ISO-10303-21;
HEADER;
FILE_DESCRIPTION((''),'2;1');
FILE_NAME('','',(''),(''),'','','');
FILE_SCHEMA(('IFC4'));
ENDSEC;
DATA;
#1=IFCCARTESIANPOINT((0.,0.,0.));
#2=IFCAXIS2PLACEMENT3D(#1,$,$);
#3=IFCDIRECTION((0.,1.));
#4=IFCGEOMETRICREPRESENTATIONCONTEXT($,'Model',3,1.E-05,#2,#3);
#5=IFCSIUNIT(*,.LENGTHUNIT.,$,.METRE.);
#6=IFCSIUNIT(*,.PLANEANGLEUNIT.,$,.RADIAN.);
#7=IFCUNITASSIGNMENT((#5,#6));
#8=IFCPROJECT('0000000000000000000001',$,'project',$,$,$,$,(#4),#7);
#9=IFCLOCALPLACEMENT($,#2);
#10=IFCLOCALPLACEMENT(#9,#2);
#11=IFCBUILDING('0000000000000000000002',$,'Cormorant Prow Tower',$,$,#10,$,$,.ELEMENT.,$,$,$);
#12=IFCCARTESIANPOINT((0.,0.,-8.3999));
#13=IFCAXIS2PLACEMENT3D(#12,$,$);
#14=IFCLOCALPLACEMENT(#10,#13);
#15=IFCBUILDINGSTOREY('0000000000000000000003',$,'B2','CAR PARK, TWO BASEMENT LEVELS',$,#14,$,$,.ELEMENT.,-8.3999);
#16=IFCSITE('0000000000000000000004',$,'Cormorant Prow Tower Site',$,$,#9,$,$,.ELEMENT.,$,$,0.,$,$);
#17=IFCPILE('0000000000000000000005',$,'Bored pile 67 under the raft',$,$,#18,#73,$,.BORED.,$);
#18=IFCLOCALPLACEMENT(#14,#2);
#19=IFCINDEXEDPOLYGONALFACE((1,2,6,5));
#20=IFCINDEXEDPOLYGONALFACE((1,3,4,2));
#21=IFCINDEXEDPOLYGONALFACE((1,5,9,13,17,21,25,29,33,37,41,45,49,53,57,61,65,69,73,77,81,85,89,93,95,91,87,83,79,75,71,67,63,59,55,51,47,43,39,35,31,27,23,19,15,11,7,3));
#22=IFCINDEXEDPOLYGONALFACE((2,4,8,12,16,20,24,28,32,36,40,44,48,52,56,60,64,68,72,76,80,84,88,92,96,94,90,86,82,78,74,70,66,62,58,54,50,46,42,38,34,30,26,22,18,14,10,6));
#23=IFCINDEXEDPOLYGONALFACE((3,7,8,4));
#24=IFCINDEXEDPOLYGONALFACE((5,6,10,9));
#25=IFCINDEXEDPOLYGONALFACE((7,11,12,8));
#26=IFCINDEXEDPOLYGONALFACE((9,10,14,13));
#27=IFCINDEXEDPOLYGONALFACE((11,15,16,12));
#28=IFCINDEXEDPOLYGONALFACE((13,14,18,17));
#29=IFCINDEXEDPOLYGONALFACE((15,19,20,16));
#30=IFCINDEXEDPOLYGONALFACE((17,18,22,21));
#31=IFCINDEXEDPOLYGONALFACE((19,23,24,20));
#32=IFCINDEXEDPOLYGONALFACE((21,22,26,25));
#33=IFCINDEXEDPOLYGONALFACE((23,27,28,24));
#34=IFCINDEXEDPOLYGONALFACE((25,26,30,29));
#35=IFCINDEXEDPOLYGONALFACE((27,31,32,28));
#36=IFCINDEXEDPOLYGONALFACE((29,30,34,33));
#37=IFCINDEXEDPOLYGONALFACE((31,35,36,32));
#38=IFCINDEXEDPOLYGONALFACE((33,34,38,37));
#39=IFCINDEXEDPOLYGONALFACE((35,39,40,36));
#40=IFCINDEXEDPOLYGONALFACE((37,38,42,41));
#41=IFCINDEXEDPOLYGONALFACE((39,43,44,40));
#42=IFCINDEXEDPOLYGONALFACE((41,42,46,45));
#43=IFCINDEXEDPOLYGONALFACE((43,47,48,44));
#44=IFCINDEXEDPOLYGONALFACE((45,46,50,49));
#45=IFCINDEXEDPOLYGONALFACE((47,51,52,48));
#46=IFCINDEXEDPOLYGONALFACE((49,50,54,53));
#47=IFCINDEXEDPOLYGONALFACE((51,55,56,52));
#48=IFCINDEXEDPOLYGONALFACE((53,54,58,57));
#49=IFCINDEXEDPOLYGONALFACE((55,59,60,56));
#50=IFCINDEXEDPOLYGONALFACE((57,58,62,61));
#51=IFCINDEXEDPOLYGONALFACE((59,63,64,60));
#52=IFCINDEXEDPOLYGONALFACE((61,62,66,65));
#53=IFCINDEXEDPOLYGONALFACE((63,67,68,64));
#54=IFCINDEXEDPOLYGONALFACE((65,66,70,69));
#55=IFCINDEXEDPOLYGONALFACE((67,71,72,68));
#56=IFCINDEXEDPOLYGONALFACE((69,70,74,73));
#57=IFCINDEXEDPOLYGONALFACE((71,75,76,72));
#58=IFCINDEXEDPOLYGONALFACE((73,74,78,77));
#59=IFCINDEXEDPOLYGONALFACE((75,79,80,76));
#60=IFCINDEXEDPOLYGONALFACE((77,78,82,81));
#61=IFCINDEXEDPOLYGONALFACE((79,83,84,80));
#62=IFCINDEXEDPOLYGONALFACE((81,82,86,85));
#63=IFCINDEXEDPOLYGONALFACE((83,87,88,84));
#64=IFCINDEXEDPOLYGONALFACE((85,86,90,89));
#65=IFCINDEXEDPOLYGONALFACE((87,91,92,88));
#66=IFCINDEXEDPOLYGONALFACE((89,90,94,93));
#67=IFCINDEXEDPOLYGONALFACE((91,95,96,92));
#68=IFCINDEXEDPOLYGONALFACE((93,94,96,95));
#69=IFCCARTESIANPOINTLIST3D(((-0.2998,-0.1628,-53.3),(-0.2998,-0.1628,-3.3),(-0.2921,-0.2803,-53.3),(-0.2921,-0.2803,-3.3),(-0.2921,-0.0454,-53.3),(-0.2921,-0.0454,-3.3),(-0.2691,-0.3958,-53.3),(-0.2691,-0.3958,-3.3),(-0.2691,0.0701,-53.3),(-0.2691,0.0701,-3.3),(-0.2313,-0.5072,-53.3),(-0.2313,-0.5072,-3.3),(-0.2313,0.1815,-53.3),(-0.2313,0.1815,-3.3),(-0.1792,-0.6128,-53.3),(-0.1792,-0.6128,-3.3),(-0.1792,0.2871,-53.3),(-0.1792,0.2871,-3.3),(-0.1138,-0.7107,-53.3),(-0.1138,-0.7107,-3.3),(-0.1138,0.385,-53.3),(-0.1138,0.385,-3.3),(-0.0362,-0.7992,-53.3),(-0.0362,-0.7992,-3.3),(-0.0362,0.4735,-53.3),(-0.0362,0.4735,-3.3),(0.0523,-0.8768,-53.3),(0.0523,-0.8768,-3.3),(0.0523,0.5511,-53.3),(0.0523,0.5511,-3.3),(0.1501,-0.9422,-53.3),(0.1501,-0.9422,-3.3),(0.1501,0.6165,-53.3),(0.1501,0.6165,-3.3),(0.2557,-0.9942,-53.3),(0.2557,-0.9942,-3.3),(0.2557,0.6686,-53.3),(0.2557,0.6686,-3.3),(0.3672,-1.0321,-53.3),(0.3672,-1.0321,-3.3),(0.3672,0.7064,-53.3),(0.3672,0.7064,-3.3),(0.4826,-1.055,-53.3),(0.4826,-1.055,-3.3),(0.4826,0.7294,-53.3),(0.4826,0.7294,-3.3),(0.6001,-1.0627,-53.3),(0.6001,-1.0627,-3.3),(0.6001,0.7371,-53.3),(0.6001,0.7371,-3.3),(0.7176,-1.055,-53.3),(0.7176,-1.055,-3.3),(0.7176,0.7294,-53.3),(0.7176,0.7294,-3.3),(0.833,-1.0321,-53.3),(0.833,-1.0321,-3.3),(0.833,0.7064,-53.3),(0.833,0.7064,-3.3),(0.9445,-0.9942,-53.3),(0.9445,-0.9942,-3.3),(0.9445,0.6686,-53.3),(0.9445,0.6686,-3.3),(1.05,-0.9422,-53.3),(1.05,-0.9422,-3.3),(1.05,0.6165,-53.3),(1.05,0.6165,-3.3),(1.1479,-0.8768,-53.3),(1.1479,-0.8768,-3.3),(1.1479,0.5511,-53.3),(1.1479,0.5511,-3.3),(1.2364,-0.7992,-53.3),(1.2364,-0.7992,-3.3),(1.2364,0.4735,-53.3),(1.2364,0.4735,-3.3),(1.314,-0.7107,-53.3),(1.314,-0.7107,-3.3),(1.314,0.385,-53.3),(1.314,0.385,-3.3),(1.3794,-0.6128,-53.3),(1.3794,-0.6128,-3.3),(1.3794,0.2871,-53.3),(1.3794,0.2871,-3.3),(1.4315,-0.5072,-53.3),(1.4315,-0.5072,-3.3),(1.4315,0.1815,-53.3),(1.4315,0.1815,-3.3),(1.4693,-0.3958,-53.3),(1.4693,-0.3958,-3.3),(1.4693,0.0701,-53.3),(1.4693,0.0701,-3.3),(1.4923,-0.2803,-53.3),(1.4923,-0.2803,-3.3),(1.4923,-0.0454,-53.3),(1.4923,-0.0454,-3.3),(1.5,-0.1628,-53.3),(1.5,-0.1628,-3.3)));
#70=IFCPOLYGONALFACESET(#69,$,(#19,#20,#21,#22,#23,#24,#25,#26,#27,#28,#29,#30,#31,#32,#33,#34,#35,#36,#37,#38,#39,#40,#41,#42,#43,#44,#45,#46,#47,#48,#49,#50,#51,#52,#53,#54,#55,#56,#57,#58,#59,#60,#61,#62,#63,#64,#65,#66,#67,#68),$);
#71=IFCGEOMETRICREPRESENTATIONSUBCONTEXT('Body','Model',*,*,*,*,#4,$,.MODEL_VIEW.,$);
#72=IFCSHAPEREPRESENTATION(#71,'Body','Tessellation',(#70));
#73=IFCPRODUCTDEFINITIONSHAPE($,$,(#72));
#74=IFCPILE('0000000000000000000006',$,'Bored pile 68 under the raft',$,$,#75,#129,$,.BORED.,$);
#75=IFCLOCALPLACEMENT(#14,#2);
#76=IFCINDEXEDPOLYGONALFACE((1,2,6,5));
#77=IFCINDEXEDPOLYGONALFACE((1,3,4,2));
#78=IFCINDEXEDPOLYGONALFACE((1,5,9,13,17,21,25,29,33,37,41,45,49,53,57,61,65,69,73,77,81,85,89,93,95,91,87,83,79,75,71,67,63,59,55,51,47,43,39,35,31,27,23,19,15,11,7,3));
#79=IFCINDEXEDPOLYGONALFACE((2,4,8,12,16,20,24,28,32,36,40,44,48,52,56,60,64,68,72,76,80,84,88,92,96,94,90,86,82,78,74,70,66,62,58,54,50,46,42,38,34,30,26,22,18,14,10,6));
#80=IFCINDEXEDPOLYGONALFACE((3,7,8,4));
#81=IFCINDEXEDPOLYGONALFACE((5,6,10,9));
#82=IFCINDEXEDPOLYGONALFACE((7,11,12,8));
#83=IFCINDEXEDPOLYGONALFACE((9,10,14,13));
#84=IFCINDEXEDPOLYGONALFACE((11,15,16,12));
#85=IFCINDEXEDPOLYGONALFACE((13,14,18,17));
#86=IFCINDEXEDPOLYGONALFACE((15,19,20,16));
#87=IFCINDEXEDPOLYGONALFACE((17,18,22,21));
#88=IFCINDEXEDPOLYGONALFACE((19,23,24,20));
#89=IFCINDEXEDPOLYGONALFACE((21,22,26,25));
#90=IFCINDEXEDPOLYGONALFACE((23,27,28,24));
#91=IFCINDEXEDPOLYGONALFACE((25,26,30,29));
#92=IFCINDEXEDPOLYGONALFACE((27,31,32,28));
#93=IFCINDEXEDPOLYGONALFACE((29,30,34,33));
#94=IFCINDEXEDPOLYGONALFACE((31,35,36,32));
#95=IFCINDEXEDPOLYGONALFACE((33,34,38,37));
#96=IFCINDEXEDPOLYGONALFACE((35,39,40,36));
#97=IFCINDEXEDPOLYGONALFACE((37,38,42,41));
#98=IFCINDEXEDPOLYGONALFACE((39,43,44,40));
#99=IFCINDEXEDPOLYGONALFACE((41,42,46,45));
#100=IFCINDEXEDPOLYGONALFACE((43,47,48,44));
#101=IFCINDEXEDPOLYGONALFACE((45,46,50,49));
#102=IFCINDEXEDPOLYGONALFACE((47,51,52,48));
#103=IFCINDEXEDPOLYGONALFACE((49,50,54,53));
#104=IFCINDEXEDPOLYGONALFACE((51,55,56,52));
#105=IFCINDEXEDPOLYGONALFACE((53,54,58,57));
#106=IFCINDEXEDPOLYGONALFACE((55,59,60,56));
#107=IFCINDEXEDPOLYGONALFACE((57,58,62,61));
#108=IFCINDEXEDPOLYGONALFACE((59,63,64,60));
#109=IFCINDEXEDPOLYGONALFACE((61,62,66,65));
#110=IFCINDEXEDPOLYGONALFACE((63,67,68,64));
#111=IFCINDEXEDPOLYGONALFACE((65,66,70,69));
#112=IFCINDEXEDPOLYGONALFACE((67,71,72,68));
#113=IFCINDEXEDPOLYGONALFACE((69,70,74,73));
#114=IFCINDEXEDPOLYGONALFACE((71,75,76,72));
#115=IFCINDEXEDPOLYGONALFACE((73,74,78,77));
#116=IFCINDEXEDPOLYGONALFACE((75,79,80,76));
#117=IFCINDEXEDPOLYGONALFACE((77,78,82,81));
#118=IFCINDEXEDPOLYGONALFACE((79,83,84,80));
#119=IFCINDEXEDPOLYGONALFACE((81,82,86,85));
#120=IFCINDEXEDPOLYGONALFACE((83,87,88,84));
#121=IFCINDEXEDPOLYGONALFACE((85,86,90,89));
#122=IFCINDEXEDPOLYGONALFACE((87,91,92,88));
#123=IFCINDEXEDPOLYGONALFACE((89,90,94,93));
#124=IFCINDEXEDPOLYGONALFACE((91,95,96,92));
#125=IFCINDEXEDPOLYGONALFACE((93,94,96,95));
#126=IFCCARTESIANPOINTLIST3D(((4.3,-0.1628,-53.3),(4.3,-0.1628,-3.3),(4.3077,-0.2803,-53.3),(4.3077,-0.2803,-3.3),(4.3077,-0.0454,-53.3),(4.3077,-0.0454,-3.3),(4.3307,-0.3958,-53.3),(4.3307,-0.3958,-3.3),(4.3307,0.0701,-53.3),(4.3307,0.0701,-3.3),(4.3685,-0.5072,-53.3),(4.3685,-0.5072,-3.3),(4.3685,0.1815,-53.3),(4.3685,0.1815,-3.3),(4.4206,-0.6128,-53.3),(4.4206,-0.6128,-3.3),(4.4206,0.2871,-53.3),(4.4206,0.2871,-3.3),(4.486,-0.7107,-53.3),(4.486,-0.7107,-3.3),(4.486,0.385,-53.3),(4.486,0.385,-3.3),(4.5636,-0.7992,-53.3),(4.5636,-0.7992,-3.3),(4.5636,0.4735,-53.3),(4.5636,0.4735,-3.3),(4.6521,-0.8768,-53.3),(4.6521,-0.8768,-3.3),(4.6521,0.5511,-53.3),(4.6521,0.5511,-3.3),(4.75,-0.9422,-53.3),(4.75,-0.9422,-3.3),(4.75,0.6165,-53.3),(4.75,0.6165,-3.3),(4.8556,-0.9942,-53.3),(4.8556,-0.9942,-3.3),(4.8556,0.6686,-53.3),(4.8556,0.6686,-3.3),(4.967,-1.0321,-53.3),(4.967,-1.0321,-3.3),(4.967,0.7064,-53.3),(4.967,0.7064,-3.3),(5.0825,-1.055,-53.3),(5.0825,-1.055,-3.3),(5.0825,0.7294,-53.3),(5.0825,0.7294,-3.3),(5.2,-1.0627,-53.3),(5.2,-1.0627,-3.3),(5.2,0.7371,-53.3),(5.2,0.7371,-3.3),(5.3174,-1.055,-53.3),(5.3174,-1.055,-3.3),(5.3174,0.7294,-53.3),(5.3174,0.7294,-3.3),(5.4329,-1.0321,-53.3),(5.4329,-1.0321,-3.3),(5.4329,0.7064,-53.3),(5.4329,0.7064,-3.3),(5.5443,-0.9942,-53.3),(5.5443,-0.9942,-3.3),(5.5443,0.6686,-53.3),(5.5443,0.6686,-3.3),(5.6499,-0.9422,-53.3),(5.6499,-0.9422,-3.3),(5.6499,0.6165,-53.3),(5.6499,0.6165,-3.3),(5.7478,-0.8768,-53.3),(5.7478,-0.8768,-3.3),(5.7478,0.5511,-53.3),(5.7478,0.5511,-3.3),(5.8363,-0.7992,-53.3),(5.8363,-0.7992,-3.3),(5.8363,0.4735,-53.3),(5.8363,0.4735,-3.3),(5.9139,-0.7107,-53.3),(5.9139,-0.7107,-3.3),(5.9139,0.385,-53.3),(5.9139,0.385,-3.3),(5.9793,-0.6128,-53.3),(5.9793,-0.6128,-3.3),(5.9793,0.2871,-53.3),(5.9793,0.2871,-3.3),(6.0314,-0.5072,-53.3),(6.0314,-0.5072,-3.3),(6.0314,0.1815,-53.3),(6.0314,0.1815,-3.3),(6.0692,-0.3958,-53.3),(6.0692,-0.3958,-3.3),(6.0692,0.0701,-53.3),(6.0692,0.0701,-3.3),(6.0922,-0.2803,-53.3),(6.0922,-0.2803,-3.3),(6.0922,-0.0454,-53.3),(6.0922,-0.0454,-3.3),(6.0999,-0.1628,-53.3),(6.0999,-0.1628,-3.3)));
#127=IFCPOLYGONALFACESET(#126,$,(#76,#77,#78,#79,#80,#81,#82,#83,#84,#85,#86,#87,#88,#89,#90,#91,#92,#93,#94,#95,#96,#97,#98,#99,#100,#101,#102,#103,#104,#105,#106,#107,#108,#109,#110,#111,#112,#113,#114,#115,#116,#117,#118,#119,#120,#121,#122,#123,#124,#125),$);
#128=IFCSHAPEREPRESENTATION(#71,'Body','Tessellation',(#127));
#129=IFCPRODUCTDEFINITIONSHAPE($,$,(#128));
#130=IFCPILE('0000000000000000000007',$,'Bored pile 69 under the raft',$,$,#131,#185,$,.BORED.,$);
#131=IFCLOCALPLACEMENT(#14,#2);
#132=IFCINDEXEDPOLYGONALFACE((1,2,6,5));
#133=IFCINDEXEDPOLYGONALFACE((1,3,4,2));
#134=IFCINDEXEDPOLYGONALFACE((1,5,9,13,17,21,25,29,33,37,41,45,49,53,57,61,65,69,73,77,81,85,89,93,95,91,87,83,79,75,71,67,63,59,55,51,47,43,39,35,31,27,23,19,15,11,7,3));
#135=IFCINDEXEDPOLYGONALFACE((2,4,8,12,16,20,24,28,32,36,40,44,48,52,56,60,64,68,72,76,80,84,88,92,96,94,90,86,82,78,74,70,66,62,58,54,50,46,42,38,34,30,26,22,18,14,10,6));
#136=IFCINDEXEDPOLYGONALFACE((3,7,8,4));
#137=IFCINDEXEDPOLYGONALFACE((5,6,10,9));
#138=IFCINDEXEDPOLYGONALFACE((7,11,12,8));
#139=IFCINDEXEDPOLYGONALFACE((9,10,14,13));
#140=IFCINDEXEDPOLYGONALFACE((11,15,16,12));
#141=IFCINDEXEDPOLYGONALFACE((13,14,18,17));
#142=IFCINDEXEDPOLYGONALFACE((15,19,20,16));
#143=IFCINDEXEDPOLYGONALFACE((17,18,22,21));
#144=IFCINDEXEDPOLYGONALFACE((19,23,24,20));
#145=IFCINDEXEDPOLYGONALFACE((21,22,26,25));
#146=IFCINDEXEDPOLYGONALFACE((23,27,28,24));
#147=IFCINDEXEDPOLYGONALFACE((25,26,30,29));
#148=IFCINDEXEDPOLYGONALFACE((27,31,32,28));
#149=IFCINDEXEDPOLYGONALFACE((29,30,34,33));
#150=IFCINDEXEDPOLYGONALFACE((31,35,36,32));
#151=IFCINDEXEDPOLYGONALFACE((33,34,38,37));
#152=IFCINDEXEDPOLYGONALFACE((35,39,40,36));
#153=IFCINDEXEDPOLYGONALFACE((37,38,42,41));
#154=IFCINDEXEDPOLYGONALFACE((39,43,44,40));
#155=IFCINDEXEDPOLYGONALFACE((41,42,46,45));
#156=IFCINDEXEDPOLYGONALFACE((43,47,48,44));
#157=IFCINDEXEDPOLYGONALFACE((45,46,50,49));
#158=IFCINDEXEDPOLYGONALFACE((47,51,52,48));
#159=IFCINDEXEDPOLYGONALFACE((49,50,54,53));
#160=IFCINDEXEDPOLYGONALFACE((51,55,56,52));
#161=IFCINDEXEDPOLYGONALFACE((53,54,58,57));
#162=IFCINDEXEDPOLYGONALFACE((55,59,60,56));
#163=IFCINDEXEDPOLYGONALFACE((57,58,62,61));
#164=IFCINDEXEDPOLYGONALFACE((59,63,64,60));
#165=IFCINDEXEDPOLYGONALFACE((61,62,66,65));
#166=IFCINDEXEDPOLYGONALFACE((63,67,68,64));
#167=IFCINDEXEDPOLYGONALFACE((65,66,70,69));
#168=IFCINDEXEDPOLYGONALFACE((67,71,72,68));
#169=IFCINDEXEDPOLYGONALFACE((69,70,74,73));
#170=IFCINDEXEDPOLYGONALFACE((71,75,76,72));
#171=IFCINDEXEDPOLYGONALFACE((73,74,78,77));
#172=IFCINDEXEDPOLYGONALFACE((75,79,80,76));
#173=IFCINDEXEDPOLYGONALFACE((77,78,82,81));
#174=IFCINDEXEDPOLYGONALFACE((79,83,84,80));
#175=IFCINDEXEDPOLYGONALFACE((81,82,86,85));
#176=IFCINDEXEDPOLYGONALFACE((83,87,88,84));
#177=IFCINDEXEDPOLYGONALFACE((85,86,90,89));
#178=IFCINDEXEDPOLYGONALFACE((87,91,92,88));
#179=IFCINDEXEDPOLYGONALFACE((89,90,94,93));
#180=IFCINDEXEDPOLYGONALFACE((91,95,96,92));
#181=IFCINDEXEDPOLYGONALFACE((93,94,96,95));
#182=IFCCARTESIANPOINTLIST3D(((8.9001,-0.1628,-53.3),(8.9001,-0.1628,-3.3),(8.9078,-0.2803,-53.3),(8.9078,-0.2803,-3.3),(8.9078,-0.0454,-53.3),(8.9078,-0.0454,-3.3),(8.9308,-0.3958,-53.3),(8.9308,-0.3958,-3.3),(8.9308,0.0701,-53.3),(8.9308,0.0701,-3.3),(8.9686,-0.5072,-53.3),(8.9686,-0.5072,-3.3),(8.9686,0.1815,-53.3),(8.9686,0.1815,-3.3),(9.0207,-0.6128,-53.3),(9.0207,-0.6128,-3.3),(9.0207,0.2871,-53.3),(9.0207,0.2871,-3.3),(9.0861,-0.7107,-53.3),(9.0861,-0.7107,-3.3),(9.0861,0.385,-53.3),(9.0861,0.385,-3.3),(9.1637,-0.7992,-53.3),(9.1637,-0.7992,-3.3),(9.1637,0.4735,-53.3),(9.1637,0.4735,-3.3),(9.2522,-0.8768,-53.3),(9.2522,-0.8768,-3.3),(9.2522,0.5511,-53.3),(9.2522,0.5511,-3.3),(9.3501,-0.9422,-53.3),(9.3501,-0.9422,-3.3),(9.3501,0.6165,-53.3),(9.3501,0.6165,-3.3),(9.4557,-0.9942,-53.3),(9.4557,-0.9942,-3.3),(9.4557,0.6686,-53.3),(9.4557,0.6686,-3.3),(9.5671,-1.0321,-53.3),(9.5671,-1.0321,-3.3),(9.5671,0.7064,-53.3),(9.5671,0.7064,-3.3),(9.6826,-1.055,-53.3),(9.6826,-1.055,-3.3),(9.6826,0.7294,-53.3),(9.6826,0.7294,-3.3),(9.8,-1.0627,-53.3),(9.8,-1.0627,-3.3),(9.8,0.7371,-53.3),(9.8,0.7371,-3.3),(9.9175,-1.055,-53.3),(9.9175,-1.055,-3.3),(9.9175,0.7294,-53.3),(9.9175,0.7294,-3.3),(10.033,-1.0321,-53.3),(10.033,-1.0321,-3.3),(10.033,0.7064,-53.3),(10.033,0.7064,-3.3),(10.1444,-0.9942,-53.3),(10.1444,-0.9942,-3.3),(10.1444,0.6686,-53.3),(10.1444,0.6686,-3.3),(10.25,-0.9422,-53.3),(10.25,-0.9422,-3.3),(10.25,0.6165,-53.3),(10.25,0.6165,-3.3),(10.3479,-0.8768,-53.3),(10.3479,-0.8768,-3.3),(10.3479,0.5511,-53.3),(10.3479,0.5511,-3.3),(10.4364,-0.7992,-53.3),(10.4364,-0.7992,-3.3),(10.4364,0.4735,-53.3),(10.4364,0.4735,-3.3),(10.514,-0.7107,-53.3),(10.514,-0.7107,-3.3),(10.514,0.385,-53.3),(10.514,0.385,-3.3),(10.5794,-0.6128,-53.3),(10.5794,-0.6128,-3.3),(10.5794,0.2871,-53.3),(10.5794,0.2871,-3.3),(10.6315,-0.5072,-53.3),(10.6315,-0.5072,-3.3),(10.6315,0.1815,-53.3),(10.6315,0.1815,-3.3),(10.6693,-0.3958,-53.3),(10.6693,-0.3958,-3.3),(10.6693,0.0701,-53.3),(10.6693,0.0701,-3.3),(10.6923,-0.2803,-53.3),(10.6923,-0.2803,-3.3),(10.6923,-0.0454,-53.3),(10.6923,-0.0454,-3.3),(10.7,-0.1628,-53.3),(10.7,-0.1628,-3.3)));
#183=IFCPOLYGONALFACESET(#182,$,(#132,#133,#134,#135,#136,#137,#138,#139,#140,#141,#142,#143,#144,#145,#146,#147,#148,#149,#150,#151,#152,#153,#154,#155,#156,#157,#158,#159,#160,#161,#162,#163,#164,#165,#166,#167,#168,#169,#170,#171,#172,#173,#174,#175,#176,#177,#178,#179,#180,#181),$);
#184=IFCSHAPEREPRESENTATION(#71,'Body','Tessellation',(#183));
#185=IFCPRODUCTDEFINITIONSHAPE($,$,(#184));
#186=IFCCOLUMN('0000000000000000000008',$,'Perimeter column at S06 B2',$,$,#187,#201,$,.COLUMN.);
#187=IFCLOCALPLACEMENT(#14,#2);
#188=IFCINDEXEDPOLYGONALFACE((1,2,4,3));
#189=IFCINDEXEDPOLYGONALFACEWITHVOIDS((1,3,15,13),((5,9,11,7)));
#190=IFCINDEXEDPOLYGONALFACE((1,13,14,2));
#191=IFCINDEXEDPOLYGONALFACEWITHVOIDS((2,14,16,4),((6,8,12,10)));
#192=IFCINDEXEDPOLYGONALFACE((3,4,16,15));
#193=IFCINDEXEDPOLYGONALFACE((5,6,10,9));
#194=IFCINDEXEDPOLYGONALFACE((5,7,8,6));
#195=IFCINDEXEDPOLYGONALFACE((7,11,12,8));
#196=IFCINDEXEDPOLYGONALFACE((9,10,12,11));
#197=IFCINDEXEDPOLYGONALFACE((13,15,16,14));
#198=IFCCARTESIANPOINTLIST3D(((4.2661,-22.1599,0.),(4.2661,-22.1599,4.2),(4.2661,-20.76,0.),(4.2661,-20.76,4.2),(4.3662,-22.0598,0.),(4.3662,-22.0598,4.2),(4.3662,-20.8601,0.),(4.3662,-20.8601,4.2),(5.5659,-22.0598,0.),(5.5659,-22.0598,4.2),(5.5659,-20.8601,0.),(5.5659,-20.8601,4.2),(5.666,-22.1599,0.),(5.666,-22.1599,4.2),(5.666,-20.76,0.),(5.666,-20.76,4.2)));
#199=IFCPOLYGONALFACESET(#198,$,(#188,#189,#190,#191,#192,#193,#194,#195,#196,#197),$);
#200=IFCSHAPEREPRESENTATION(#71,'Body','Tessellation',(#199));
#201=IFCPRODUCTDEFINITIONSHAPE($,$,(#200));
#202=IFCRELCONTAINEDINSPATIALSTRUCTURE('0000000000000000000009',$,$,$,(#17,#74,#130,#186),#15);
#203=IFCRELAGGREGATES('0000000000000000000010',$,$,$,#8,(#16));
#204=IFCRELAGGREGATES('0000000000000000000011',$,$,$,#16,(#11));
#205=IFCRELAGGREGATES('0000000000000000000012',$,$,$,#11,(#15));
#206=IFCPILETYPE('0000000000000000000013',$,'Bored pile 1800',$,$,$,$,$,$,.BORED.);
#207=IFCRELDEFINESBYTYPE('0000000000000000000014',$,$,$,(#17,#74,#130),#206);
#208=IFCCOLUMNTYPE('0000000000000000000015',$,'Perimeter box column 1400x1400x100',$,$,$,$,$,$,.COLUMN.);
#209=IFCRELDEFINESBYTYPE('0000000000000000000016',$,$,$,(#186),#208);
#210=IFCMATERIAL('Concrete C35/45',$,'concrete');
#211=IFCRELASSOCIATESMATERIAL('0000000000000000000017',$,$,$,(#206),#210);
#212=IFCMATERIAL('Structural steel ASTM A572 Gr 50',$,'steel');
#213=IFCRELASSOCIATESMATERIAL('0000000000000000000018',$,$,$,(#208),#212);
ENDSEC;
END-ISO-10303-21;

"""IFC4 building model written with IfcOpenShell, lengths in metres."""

from ifc_helpers import new_model, si_unit, direction, frame, origin, origin_2d, place, context, subcontext, project, spatial, hollow_rectangle, circle, extrude, material, material_profile, profile_set, type_object, element, save


model = new_model("IFC4")

# Units and contexts
model_context = context("Model", 3, precision=1e-05, world=origin(), true_north=direction((0.0, 1.0)))
body_context = subcontext(model_context, "Body", "Model", "MODEL_VIEW")
ifc_project = project(units=[si_unit("LENGTHUNIT", "METRE"), si_unit("PLANEANGLEUNIT", "RADIAN")], contexts=[model_context])

# Site, building, storey
site_placement = place(None, origin())
site = spatial("IfcSite", under=ifc_project, at=site_placement, Name="Cormorant Prow Tower Site", CompositionType="ELEMENT", RefElevation=0.0)
building_placement = place(site_placement, origin())
building = spatial("IfcBuilding", under=site, at=building_placement, Name="Cormorant Prow Tower", CompositionType="ELEMENT")
storey_placement = place(building_placement, frame((0.0, 0.0, -8.3999)))
storey = spatial("IfcBuildingStorey", under=building, at=storey_placement, Name="B2", Description="CAR PARK, TWO BASEMENT LEVELS", CompositionType="ELEMENT", Elevation=-8.3999)

# Piles
ifc_material_1 = material(Name="Concrete C35/45", Category="concrete")
ifc_material_profile_1 = material_profile(ifc_material_1, circle(Radius=0.8999, at=origin_2d()), Name="Round 1800")
ifc_profile_set_1 = profile_set([ifc_material_profile_1], Name="Concrete C35/45")
pile_type_1 = type_object("IfcPileType", Name="Bored pile 1800", PredefinedType="BORED", material=ifc_profile_set_1)
for number, where, z_axis, x_axis, name in (
    (1, (0.6001, -0.1628, -3.3), (0.0, 0.0, -1.0), (1.0, 0.0, 0.0), "Bored pile 67 under the raft"),
    (2, (5.2, -0.1628, -3.3), (0.0, 0.0, -1.0), (1.0, 0.0, 0.0), "Bored pile 68 under the raft"),
    (3, (9.8, -0.1628, -3.3), (0.0, 0.0, -1.0), (1.0, 0.0, 0.0), "Bored pile 69 under the raft"),
):
    element("IfcPile", number, at=place(storey_placement, frame(where, z_axis=z_axis, x_axis=x_axis)), inside=storey, type_object=pile_type_1, Name=name, PredefinedType="BORED", context=body_context, shape_type="SweptSolid", body=[
        extrude(circle(Radius=0.8999, at=origin_2d()), origin(), (0.0, 0.0, 1.0), 50.0),
    ])

# Column
ifc_material_2 = material(Name="Structural steel ASTM A572 Gr 50", Category="steel")
ifc_material_profile_2 = material_profile(ifc_material_2, hollow_rectangle(XDim=1.3999, YDim=1.3999, WallThickness=0.1001, at=origin_2d()), Name="Box 1400x1400x100")
ifc_profile_set_2 = profile_set([ifc_material_profile_2], Name="Structural steel ASTM A572 Gr 50")
column_type_1 = type_object("IfcColumnType", Name="Perimeter box column 1400x1400x100", PredefinedType="COLUMN", material=ifc_profile_set_2)
column_1_placement = place(storey_placement, frame((4.9661, -21.46, 0.0), z_axis=(0.0, 0.0, 1.0), x_axis=(1.0, 0.0, 0.0)))
element("IfcColumn", 4, at=column_1_placement, inside=storey, type_object=column_type_1, Name="Perimeter column at S06 B2", PredefinedType="COLUMN", context=body_context, shape_type="SweptSolid", body=[
    extrude(hollow_rectangle(XDim=1.3999, YDim=1.3999, WallThickness=0.1001, at=origin_2d()), origin(), (0.0, 0.0, 1.0), 4.2),
])

save(model, "model.ifc")
